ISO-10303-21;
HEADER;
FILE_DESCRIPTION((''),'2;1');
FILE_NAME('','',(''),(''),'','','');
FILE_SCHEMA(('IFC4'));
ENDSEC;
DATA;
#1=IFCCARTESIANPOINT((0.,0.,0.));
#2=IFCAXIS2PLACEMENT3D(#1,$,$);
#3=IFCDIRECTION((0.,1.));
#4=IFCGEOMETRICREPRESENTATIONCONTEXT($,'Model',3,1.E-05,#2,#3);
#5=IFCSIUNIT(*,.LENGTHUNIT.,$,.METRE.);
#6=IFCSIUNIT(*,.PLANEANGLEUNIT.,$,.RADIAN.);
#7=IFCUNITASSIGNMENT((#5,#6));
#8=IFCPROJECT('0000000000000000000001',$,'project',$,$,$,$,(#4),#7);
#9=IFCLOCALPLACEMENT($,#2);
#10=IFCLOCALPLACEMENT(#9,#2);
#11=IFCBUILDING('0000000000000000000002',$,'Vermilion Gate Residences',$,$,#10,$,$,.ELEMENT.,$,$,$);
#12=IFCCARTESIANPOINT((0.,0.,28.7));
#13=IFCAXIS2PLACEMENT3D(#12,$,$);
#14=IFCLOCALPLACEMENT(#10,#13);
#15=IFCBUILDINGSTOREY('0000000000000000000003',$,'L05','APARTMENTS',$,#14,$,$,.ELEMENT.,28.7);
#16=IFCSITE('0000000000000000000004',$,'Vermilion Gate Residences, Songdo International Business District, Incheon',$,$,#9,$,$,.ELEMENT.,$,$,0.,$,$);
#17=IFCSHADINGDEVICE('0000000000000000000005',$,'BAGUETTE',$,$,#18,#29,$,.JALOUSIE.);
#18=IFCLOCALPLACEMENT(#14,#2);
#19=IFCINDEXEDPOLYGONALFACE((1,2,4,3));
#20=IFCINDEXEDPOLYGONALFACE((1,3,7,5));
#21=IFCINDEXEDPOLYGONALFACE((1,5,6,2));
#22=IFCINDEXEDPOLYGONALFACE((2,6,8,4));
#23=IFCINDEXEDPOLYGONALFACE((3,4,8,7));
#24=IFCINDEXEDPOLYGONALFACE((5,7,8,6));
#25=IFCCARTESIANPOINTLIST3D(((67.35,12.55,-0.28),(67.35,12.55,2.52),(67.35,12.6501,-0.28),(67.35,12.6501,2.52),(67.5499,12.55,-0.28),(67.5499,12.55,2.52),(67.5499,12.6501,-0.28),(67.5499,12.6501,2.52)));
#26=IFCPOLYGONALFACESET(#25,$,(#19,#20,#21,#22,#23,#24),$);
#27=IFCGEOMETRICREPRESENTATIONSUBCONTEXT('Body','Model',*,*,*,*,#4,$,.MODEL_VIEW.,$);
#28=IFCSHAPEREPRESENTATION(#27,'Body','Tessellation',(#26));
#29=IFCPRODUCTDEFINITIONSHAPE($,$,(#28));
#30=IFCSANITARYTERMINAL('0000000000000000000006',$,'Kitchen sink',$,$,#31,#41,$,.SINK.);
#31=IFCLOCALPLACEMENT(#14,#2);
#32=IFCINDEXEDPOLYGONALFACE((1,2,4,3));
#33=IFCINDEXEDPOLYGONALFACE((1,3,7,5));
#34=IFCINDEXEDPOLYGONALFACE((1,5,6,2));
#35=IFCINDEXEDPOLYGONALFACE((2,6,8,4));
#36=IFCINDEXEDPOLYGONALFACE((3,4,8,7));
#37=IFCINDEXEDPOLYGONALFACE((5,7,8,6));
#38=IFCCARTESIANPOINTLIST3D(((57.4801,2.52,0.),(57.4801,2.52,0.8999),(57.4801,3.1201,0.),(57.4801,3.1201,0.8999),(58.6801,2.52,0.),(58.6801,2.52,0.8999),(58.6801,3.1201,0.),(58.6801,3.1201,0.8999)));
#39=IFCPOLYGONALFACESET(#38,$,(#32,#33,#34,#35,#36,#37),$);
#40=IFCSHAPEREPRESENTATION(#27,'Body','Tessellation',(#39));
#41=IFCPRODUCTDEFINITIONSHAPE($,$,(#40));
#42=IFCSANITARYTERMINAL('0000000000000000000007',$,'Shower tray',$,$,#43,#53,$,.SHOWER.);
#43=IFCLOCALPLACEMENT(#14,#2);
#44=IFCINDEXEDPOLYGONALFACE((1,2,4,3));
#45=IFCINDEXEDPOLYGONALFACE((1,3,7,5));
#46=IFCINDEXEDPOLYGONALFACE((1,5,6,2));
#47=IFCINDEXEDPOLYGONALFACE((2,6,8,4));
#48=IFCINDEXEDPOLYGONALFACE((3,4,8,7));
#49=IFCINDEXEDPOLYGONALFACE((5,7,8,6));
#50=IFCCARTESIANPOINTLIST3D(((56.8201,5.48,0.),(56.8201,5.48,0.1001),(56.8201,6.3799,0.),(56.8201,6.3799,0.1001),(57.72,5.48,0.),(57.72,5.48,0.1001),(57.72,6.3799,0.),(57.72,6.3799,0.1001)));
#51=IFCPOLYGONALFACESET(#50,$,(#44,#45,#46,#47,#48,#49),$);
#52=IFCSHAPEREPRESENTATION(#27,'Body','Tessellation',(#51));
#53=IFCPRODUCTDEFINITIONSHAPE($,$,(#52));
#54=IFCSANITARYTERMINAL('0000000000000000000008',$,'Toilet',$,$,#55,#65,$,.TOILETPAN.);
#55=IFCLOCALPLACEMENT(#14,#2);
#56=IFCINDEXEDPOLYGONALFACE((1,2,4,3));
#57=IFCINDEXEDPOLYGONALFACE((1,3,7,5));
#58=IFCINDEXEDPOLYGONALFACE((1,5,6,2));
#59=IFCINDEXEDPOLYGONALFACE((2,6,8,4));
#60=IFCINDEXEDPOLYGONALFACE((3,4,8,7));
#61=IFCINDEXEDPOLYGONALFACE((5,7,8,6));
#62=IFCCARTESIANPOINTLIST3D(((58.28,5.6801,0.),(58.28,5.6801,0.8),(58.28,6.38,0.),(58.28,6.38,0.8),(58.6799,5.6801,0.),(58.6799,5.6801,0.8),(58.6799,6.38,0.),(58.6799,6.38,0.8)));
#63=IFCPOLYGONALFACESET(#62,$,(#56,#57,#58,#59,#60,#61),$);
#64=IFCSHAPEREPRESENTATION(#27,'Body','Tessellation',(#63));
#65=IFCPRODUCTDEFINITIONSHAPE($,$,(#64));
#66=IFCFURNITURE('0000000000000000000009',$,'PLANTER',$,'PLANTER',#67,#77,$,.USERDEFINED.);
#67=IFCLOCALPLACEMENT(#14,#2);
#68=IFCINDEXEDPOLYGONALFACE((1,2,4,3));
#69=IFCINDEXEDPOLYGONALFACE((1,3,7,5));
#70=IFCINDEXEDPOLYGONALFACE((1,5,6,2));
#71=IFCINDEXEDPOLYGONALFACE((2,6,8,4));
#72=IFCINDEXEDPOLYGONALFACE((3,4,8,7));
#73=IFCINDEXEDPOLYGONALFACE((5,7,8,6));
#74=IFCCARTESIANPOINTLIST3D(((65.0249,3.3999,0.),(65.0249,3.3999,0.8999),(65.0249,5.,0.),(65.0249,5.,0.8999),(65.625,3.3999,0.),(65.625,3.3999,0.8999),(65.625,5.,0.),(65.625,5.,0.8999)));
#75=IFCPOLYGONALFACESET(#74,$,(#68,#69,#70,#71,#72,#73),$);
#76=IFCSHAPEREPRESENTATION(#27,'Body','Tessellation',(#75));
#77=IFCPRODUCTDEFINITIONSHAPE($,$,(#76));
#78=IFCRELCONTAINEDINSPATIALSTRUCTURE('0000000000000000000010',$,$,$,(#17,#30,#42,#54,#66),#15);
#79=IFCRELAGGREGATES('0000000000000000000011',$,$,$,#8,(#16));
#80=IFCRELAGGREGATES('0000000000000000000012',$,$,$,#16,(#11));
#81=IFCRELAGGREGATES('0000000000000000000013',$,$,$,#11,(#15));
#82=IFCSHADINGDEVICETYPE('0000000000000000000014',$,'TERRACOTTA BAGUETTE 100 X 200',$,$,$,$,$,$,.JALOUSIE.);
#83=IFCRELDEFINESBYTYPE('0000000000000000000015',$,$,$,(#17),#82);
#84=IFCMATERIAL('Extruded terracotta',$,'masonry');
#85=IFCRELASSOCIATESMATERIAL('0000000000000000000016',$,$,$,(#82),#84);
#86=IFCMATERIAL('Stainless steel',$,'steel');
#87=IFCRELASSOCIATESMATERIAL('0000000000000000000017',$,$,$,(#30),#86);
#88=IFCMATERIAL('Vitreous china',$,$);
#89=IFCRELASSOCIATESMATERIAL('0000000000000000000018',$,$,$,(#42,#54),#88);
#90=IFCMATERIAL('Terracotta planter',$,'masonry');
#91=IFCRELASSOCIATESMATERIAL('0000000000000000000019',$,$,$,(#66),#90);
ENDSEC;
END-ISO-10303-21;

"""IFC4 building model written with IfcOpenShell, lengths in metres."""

from ifc_helpers import new_model, si_unit, direction, frame, origin, origin_2d, place, context, subcontext, project, spatial, rectangle, extrude, material, material_profile, profile_set, type_object, element, save


model = new_model("IFC4")

# Units and contexts
model_context = context("Model", 3, precision=1e-05, world=origin(), true_north=direction((0.0, 1.0)))
body_context = subcontext(model_context, "Body", "Model", "MODEL_VIEW")
ifc_project = project(units=[si_unit("LENGTHUNIT", "METRE"), si_unit("PLANEANGLEUNIT", "RADIAN")], contexts=[model_context])

# Site, building, storey
site_placement = place(None, origin())
site = spatial("IfcSite", under=ifc_project, at=site_placement, Name="Vermilion Gate Residences, Songdo International Business District, Incheon", CompositionType="ELEMENT", RefElevation=0.0)
building_placement = place(site_placement, origin())
building = spatial("IfcBuilding", under=site, at=building_placement, Name="Vermilion Gate Residences", CompositionType="ELEMENT")
storey_placement = place(building_placement, frame((0.0, 0.0, 28.7)))
storey = spatial("IfcBuildingStorey", under=building, at=storey_placement, Name="L05", Description="APARTMENTS", CompositionType="ELEMENT", Elevation=28.7)

# Shading device
ifc_material_1 = material(Name="Extruded terracotta", Category="masonry")
ifc_material_profile_1 = material_profile(ifc_material_1, rectangle(XDim=0.2, YDim=0.1001, at=origin_2d()), Name="BAGUETTE 100 X 200")
ifc_profile_set_1 = profile_set([ifc_material_profile_1], Name="Extruded terracotta")
shading_device_type_1 = type_object("IfcShadingDeviceType", Name="TERRACOTTA BAGUETTE 100 X 200", PredefinedType="JALOUSIE", material=ifc_profile_set_1)
shading_device_1_placement = place(storey_placement, frame((67.45, 12.6001, -0.28), z_axis=(0.0, 0.0, 1.0), x_axis=(-1.0, 0.0, 0.0)))
element("IfcShadingDevice", 1, at=shading_device_1_placement, inside=storey, type_object=shading_device_type_1, Name="BAGUETTE", PredefinedType="JALOUSIE", context=body_context, shape_type="SweptSolid", body=[
    extrude(rectangle(XDim=0.2, YDim=0.1001, at=origin_2d()), origin(), (0.0, 0.0, 1.0), 2.8),
])

# Sanitary terminals
ifc_material_2 = material(Name="Stainless steel", Category="steel")
sanitary_terminal_1_placement = place(storey_placement, frame((58.0801, 2.8201, 0.0), z_axis=(0.0, 0.0, 1.0), x_axis=(1.0, 0.0, 0.0)))
element("IfcSanitaryTerminal", 2, at=sanitary_terminal_1_placement, inside=storey, material=ifc_material_2, Name="Kitchen sink", PredefinedType="SINK", context=body_context, shape_type="SweptSolid", body=[
    extrude(rectangle(XDim=1.2, YDim=0.6001, at=origin_2d()), origin(), (0.0, 0.0, 1.0), 0.8999),
])
ifc_material_3 = material(Name="Vitreous china")
sanitary_terminal_2_placement = place(storey_placement, frame((57.27, 5.9299, 0.0), z_axis=(0.0, 0.0, 1.0), x_axis=(1.0, 0.0, 0.0)))
element("IfcSanitaryTerminal", 3, at=sanitary_terminal_2_placement, inside=storey, material=ifc_material_3, Name="Shower tray", PredefinedType="SHOWER", context=body_context, shape_type="SweptSolid", body=[
    extrude(rectangle(XDim=0.8999, YDim=0.8999, at=origin_2d()), origin(), (0.0, 0.0, 1.0), 0.1001),
])
sanitary_terminal_3_placement = place(storey_placement, frame((58.48, 6.03, 0.0), z_axis=(0.0, 0.0, 1.0), x_axis=(1.0, 0.0, 0.0)))
element("IfcSanitaryTerminal", 4, at=sanitary_terminal_3_placement, inside=storey, material=ifc_material_3, Name="Toilet", PredefinedType="TOILETPAN", context=body_context, shape_type="SweptSolid", body=[
    extrude(rectangle(XDim=0.3999, YDim=0.7, at=origin_2d()), origin(), (0.0, 0.0, 1.0), 0.8),
])

# Furniture
ifc_material_4 = material(Name="Terracotta planter", Category="masonry")
furniture_placement = place(storey_placement, frame((65.325, 4.2, 0.0), z_axis=(0.0, 0.0, 1.0), x_axis=(0.0, 1.0, 0.0)))
element("IfcFurniture", 5, at=furniture_placement, inside=storey, material=ifc_material_4, Name="PLANTER", ObjectType="PLANTER", PredefinedType="USERDEFINED", context=body_context, shape_type="SweptSolid", body=[
    extrude(rectangle(XDim=1.6001, YDim=0.6001, at=origin_2d()), origin(), (0.0, 0.0, 1.0), 0.8999),
])

save(model, "model.ifc")
